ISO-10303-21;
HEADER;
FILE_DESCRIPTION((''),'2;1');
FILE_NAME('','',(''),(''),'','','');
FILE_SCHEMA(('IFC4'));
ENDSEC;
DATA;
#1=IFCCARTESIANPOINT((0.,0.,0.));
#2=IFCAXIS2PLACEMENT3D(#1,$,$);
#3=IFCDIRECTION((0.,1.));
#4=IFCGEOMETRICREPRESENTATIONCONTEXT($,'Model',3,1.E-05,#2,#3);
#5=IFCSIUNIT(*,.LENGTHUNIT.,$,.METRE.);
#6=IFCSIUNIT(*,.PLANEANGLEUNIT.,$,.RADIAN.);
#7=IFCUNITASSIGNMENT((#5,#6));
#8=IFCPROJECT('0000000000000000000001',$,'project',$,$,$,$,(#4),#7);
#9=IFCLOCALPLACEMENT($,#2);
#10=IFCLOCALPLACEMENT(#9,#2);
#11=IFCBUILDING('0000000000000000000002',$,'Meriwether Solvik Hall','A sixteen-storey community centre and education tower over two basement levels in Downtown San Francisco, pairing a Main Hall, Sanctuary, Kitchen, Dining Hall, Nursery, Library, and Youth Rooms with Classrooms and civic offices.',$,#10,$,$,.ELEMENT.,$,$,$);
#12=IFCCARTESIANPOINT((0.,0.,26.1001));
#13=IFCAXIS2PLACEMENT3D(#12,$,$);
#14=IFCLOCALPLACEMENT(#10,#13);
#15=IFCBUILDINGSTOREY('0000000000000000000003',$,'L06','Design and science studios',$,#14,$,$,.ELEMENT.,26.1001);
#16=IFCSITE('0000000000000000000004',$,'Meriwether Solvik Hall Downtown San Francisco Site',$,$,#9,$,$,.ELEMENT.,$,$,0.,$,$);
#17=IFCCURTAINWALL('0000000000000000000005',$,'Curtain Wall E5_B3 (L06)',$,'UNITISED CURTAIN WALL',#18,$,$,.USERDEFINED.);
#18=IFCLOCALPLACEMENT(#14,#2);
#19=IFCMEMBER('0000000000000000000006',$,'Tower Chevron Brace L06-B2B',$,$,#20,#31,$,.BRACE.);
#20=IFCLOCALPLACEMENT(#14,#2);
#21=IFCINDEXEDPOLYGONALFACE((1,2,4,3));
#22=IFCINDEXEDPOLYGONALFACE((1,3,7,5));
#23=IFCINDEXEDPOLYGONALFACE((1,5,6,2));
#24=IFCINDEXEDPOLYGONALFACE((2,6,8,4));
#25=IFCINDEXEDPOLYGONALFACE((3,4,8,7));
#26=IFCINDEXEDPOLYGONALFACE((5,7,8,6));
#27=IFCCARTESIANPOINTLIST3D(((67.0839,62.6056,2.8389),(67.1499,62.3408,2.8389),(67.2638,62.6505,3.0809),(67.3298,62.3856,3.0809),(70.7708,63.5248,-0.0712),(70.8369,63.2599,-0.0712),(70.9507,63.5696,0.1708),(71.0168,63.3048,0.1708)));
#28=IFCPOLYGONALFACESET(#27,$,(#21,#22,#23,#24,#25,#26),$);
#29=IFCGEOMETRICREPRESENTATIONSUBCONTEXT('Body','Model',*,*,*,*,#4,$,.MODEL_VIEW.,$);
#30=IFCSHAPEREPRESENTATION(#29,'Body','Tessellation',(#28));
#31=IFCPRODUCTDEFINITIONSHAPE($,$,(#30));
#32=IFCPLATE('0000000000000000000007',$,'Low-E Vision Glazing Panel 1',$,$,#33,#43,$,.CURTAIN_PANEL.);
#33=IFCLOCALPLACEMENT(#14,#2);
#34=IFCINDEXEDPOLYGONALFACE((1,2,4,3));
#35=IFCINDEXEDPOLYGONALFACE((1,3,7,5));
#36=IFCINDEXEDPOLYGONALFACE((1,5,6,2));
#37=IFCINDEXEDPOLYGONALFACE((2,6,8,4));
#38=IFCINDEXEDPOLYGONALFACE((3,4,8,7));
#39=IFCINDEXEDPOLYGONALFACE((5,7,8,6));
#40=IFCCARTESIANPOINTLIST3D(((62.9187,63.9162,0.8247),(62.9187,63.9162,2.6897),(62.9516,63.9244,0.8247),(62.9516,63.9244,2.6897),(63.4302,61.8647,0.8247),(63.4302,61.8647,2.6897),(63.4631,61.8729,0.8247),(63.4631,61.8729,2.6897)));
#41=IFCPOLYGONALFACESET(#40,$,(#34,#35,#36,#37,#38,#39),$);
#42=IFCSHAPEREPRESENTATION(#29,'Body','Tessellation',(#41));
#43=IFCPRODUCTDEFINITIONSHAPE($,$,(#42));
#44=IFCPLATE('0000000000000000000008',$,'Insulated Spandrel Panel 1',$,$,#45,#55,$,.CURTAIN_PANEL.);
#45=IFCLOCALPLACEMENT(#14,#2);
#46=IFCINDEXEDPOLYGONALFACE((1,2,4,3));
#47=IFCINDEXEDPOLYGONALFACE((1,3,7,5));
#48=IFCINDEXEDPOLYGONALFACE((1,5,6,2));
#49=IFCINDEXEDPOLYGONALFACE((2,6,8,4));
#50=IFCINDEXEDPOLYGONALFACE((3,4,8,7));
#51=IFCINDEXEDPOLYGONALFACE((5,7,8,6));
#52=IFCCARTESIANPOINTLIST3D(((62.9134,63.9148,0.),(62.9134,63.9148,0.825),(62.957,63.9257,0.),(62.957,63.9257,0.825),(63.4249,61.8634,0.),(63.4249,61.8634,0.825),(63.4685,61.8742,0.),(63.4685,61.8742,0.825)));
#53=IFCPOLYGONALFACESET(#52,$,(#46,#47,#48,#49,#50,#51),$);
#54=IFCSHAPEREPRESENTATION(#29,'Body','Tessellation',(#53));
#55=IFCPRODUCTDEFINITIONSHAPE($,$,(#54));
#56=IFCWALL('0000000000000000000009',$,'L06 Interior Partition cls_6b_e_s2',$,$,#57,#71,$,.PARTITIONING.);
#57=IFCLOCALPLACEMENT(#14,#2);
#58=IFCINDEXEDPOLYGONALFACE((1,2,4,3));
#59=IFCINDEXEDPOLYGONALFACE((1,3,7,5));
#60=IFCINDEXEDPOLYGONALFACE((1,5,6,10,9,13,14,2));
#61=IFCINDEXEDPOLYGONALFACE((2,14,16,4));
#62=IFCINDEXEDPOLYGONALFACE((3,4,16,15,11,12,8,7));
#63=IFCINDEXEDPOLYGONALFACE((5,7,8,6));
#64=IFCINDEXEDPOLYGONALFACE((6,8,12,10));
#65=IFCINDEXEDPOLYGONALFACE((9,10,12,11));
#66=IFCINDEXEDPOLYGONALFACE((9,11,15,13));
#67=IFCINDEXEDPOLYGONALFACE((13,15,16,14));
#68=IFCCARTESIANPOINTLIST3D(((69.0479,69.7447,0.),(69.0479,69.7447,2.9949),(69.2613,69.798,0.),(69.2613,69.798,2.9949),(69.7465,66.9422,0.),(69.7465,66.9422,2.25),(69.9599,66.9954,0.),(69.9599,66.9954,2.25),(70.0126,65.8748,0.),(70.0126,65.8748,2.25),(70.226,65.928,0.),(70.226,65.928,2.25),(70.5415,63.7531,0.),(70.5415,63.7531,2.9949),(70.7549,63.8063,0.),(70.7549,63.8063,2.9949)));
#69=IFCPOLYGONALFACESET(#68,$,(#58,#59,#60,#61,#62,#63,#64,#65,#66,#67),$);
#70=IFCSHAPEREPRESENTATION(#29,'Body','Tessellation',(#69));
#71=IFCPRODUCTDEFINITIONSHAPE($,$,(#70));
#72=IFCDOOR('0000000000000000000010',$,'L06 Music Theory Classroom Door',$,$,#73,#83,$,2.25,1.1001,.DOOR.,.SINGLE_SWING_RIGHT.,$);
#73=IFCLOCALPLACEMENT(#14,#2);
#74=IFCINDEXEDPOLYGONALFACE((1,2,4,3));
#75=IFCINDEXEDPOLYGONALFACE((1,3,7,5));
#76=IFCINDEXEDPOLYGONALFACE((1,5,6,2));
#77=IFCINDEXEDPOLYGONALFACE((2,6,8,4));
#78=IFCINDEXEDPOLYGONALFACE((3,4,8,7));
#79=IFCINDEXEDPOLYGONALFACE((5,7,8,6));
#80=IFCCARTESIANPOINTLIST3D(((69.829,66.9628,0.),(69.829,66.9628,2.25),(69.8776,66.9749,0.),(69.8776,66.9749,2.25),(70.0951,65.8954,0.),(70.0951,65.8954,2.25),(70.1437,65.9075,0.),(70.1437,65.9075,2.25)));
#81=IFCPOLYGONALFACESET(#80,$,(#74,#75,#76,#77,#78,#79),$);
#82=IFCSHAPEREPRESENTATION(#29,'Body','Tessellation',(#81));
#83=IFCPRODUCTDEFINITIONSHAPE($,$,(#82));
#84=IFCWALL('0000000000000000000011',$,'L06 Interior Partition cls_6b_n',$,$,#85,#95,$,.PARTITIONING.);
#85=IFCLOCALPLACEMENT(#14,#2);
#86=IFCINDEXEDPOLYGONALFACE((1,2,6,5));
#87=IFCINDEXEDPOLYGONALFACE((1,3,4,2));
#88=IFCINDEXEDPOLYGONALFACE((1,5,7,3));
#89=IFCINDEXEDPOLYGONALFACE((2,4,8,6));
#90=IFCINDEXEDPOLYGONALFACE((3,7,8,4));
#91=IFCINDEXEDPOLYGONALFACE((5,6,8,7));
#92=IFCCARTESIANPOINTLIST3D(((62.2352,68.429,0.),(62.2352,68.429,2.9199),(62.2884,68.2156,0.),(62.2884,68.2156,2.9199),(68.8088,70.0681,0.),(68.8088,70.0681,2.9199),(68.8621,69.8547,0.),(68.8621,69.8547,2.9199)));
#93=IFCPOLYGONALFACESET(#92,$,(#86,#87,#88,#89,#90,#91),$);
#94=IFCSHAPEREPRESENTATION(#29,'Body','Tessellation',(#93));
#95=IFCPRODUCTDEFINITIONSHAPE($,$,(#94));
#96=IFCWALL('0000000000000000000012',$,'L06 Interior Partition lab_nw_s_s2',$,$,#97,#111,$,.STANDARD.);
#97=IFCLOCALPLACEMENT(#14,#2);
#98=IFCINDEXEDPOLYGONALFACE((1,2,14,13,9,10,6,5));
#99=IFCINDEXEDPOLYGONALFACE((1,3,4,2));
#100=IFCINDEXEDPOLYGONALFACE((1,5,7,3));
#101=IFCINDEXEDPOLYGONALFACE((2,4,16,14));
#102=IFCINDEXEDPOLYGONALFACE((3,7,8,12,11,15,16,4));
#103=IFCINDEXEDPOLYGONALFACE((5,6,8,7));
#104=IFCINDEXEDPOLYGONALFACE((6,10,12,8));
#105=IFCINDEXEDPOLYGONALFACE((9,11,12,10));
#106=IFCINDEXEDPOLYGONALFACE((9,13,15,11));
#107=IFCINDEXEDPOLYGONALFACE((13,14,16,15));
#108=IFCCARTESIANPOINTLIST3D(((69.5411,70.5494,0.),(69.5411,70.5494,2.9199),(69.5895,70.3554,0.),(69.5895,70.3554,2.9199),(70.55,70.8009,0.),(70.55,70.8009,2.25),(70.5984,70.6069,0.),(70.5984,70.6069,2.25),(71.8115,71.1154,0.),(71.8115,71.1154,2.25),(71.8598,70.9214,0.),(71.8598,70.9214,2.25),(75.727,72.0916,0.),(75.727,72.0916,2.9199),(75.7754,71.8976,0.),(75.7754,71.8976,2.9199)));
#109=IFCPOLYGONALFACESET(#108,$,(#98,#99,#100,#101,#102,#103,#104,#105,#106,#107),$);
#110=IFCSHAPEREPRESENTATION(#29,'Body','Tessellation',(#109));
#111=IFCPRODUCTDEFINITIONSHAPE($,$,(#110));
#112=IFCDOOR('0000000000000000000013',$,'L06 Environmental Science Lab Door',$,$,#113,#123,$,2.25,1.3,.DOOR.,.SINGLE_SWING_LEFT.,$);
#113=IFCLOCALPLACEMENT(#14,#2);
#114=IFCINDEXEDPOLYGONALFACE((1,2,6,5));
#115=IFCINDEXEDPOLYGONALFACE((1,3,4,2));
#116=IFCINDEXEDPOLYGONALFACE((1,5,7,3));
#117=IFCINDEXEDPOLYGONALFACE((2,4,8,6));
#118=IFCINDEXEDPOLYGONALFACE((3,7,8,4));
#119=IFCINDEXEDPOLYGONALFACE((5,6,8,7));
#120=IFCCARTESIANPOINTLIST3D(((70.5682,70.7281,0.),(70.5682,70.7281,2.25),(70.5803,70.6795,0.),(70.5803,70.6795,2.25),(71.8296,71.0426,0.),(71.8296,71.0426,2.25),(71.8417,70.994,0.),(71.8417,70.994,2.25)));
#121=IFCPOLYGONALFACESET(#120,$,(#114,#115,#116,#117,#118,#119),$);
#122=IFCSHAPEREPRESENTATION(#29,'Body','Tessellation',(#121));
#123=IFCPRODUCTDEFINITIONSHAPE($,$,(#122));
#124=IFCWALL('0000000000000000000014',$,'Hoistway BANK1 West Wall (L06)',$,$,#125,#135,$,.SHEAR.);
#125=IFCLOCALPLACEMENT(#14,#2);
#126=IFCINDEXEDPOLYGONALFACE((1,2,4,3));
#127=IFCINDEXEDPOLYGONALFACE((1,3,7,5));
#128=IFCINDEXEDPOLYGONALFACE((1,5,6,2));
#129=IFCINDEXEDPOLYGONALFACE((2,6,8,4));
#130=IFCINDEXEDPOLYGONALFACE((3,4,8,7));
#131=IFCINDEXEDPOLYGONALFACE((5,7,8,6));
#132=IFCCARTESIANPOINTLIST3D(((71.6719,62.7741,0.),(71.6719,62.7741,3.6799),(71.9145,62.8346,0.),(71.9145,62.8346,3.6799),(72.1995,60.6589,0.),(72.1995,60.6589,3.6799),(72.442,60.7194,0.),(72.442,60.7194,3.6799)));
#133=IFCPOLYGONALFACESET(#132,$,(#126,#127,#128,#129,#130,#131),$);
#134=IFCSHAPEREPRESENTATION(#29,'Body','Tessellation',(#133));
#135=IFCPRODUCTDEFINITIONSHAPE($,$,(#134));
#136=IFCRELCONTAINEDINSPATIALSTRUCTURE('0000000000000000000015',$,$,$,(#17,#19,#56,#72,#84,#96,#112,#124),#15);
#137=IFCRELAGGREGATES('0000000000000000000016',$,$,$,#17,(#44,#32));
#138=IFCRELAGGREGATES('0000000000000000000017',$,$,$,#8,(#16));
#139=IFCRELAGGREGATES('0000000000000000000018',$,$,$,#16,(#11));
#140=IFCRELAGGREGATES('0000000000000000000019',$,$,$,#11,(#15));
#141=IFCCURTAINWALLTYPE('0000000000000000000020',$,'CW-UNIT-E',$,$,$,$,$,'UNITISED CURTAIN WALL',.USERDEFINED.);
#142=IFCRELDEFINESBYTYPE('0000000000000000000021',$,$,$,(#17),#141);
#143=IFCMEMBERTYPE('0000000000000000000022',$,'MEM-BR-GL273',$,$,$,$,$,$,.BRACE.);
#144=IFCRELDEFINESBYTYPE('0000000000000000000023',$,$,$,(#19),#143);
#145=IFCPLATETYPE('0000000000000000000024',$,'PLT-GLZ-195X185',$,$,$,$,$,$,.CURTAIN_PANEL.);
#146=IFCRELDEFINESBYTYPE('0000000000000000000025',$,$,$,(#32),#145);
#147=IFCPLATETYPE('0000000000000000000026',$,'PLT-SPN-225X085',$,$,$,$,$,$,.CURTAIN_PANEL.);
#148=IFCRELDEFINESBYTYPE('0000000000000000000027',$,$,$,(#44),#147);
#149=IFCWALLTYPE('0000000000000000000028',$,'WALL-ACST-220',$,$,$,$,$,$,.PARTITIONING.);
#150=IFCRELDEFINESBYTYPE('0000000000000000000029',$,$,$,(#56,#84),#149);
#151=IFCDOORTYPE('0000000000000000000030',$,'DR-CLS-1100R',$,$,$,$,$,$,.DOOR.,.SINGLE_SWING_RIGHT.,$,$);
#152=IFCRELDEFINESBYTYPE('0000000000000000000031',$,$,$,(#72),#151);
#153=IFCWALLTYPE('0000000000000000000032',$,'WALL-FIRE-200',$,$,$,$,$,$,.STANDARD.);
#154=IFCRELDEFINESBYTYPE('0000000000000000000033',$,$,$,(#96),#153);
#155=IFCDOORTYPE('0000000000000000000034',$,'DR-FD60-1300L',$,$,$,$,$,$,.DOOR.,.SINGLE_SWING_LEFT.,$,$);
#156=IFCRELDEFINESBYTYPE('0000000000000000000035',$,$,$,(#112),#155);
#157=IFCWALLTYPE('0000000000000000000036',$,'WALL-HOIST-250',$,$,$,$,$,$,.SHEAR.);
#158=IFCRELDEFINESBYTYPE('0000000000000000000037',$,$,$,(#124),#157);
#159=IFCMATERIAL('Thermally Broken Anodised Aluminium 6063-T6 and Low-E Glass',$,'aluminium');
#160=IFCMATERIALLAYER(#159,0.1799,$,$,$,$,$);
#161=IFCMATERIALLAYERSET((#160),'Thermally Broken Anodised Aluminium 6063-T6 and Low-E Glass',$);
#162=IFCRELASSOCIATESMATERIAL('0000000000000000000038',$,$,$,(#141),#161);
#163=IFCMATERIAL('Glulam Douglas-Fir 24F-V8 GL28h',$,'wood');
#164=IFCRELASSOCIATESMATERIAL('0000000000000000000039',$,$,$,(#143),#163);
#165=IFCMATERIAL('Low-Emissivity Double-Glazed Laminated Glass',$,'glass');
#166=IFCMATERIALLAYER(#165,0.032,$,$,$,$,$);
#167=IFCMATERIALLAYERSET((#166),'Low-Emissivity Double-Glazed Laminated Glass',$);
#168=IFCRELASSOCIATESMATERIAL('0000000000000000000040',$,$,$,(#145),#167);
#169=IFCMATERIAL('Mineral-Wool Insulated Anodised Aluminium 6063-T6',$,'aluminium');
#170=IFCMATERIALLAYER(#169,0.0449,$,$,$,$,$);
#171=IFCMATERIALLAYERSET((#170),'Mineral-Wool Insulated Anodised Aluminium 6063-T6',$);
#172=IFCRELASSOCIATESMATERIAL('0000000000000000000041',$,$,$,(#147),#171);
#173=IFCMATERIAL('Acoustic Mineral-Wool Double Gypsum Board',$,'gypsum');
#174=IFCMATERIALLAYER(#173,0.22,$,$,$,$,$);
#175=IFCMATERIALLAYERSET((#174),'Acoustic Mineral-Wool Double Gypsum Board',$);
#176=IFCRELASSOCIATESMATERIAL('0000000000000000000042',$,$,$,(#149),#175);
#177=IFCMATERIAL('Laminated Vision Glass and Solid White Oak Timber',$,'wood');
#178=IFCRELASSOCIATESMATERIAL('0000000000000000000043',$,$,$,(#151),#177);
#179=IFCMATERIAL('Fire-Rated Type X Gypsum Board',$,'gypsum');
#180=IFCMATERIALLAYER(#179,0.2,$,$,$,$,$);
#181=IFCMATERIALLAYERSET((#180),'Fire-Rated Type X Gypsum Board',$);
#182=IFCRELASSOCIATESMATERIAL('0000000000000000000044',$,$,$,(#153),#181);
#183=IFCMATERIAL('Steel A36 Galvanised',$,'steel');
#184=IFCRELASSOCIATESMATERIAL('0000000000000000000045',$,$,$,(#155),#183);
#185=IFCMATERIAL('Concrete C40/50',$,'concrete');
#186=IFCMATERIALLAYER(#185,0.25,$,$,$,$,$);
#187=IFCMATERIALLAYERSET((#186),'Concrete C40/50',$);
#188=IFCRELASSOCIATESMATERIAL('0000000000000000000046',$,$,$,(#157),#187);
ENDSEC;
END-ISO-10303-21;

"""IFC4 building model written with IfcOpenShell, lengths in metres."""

from ifc_helpers import new_model, si_unit, direction, frame, frame_2d, origin, origin_2d, place, context, subcontext, project, spatial, rectangle, extrude, material, layer, layer_set, material_profile, profile_set, type_object, element, fill, aggregate, save


model = new_model("IFC4")

# Units and contexts
model_context = context("Model", 3, precision=1e-05, world=origin(), true_north=direction((0.0, 1.0)))
body_context = subcontext(model_context, "Body", "Model", "MODEL_VIEW")
ifc_project = project(units=[si_unit("LENGTHUNIT", "METRE"), si_unit("PLANEANGLEUNIT", "RADIAN")], contexts=[model_context])

# Site, building, storey
site_placement = place(None, origin())
site = spatial("IfcSite", under=ifc_project, at=site_placement, Name="Meriwether Solvik Hall Downtown San Francisco Site", CompositionType="ELEMENT", RefElevation=0.0)
building_placement = place(site_placement, origin())
building = spatial("IfcBuilding", under=site, at=building_placement, Name="Meriwether Solvik Hall", Description="A sixteen-storey community centre and education tower over two basement levels in Downtown San Francisco, pairing a Main Hall, Sanctuary, Kitchen, Dining Hall, Nursery, Library, and Youth Rooms with Classrooms and civic offices.", CompositionType="ELEMENT")
storey_placement = place(building_placement, frame((0.0, 0.0, 26.1001)))
storey = spatial("IfcBuildingStorey", under=building, at=storey_placement, Name="L06", Description="Design and science studios", CompositionType="ELEMENT", Elevation=26.1001)

# Curtain wall
ifc_material_1 = material(Name="Thermally Broken Anodised Aluminium 6063-T6 and Low-E Glass", Category="aluminium")
ifc_layer_1 = layer(ifc_material_1, 0.1799)
ifc_layer_set_1 = layer_set([ifc_layer_1], Name="Thermally Broken Anodised Aluminium 6063-T6 and Low-E Glass")
curtain_wall_type = type_object("IfcCurtainWallType", Name="CW-UNIT-E", ElementType="UNITISED CURTAIN WALL", PredefinedType="USERDEFINED", material=ifc_layer_set_1)
curtain_wall_placement = place(storey_placement, origin())
curtain_wall = element("IfcCurtainWall", 1, at=curtain_wall_placement, inside=storey, type_object=curtain_wall_type, Name="Curtain Wall E5_B3 (L06)", ObjectType="UNITISED CURTAIN WALL", PredefinedType="USERDEFINED")

# Member
ifc_material_2 = material(Name="Glulam Douglas-Fir 24F-V8 GL28h", Category="wood")
ifc_material_profile_1 = material_profile(ifc_material_2, rectangle(XDim=0.2729, YDim=0.3049, at=origin_2d()), Name="GLM-273X305")
ifc_profile_set_1 = profile_set([ifc_material_profile_1], Name="Glulam Douglas-Fir 24F-V8 GL28h")
member_type_1 = type_object("IfcMemberType", Name="MEM-BR-GL273", PredefinedType="BRACE", material=ifc_profile_set_1)
member_1_placement = place(storey_placement, frame((70.8938, 63.4148, 0.0498), z_axis=(-0.770338, -0.192049, 0.608027), x_axis=(0.241901, -0.970301, 0.0)))
element("IfcMember", 2, at=member_1_placement, inside=storey, type_object=member_type_1, Name="Tower Chevron Brace L06-B2B", PredefinedType="BRACE", context=body_context, shape_type="SweptSolid", body=[
    extrude(rectangle(XDim=0.2729, YDim=0.3049, at=origin_2d()), origin(), (0.0, 0.0, 1.0), 4.7861),
])

# Plates
ifc_material_3 = material(Name="Low-Emissivity Double-Glazed Laminated Glass", Category="glass")
ifc_layer_2 = layer(ifc_material_3, 0.032)
ifc_layer_set_2 = layer_set([ifc_layer_2], Name="Low-Emissivity Double-Glazed Laminated Glass")
plate_type_1 = type_object("IfcPlateType", Name="PLT-GLZ-195X185", PredefinedType="CURTAIN_PANEL", material=ifc_layer_set_2)
plate_1_placement = place(storey_placement, frame((63.1909, 62.8945, 0.8247), z_axis=(0.0, 0.0, 1.0), x_axis=(-0.241922, 0.970296, 0.0)))
plate_1 = element("IfcPlate", 3, at=plate_1_placement, type_object=plate_type_1, Name="Low-E Vision Glazing Panel 1", PredefinedType="CURTAIN_PANEL", context=body_context, shape_type="SweptSolid", body=[
    extrude(rectangle(XDim=2.1143, YDim=0.0339, at=origin_2d()), origin(), (0.0, 0.0, 1.0), 1.865),
])
ifc_material_4 = material(Name="Mineral-Wool Insulated Anodised Aluminium 6063-T6", Category="aluminium")
ifc_layer_3 = layer(ifc_material_4, 0.0449)
ifc_layer_set_3 = layer_set([ifc_layer_3], Name="Mineral-Wool Insulated Anodised Aluminium 6063-T6")
plate_type_2 = type_object("IfcPlateType", Name="PLT-SPN-225X085", PredefinedType="CURTAIN_PANEL", material=ifc_layer_set_3)
plate_2_placement = place(storey_placement, frame((63.1909, 62.8945, 0.0), z_axis=(0.0, 0.0, 1.0), x_axis=(-0.241922, 0.970296, 0.0)))
plate_2 = element("IfcPlate", 4, at=plate_2_placement, type_object=plate_type_2, Name="Insulated Spandrel Panel 1", PredefinedType="CURTAIN_PANEL", context=body_context, shape_type="SweptSolid", body=[
    extrude(rectangle(XDim=2.1143, YDim=0.0449, at=origin_2d()), origin(), (0.0, 0.0, 1.0), 0.825),
])
aggregate(curtain_wall, [plate_2, plate_1])

# Wall, opening, door
ifc_material_5 = material(Name="Acoustic Mineral-Wool Double Gypsum Board", Category="gypsum")
ifc_layer_4 = layer(ifc_material_5, 0.22)
ifc_layer_set_4 = layer_set([ifc_layer_4], Name="Acoustic Mineral-Wool Double Gypsum Board")
wall_type_1 = type_object("IfcWallType", Name="WALL-ACST-220", PredefinedType="PARTITIONING", material=ifc_layer_set_4)
wall_1_placement = place(storey_placement, frame((70.6482, 63.7798, 0.0), z_axis=(0.0, 0.0, 1.0), x_axis=(-0.241884, 0.970305, 0.0)))
wall_1 = element("IfcWall", 5, at=wall_1_placement, inside=storey, type_object=wall_type_1, Name="L06 Interior Partition cls_6b_e_s2", PredefinedType="PARTITIONING", context=body_context, shape_type="SweptSolid", body=[
    extrude(rectangle(XDim=6.175, YDim=0.22, at=frame_2d((3.0874, 0.0))), origin(), (0.0, 0.0, 1.0), 2.9949),
])
opening_1_placement = place(wall_1_placement, frame((2.1865, 0.0, 0.0)))
opening_1 = element("IfcOpeningElement", 6, at=opening_1_placement, cuts=wall_1, PredefinedType="OPENING", context=body_context, shape_type="SweptSolid", body=[
    extrude(rectangle(XDim=1.1001, YDim=2.25, at=frame_2d((0.55, 1.125))), frame((0.0, 0.1221, 0.0), z_axis=(0.0, -1.0, 0.0), x_axis=(1.0, 0.0, 0.0)), (0.0, 0.0, 1.0), 0.2439),
])
ifc_material_6 = material(Name="Laminated Vision Glass and Solid White Oak Timber", Category="wood")
door_type_1 = type_object("IfcDoorType", Name="DR-CLS-1100R", OperationType="SINGLE_SWING_RIGHT", PredefinedType="DOOR", material=ifc_material_6)
door_1_placement = place(opening_1_placement, origin())
door_1 = element("IfcDoor", 7, at=door_1_placement, inside=storey, type_object=door_type_1, Name="L06 Music Theory Classroom Door", OperationType="SINGLE_SWING_RIGHT", OverallHeight=2.25, OverallWidth=1.1001, PredefinedType="DOOR", context=body_context, shape_type="SweptSolid", body=[
    extrude(rectangle(XDim=1.1001, YDim=2.25, at=frame_2d((0.55, 1.125))), frame((0.0, 0.0249, 0.0), z_axis=(0.0, -1.0, 0.0), x_axis=(1.0, 0.0, 0.0)), (0.0, 0.0, 1.0), 0.05),
])
fill(opening_1, door_1)

# Wall
wall_2_placement = place(storey_placement, frame((68.8354, 69.9614, 0.0), z_axis=(0.0, 0.0, 1.0), x_axis=(-0.970291, -0.241942, 0.0)))
element("IfcWall", 8, at=wall_2_placement, inside=storey, type_object=wall_type_1, Name="L06 Interior Partition cls_6b_n", PredefinedType="PARTITIONING", context=body_context, shape_type="SweptSolid", body=[
    extrude(rectangle(XDim=6.7749, YDim=0.22, at=frame_2d((3.3875, 0.0))), origin(), (0.0, 0.0, 1.0), 2.9199),
])

# Wall, opening, door
ifc_material_7 = material(Name="Fire-Rated Type X Gypsum Board", Category="gypsum")
ifc_layer_5 = layer(ifc_material_7, 0.2)
ifc_layer_set_5 = layer_set([ifc_layer_5], Name="Fire-Rated Type X Gypsum Board")
wall_type_2 = type_object("IfcWallType", Name="WALL-FIRE-200", PredefinedType="STANDARD", material=ifc_layer_set_5)
wall_3_placement = place(storey_placement, frame((69.5654, 70.4524, 0.0), z_axis=(0.0, 0.0, 1.0), x_axis=(0.970298, 0.241914, 0.0)))
wall_3 = element("IfcWall", 9, at=wall_3_placement, inside=storey, type_object=wall_type_2, Name="L06 Interior Partition lab_nw_s_s2", PredefinedType="STANDARD", context=body_context, shape_type="SweptSolid", body=[
    extrude(rectangle(XDim=6.3752, YDim=0.2, at=frame_2d((3.1875, 0.0))), origin(), (0.0, 0.0, 1.0), 2.9199),
])
opening_2_placement = place(wall_3_placement, frame((1.0398, 0.0, 0.0)))
opening_2 = element("IfcOpeningElement", 10, at=opening_2_placement, cuts=wall_3, PredefinedType="OPENING", context=body_context, shape_type="SweptSolid", body=[
    extrude(rectangle(XDim=1.3, YDim=2.25, at=frame_2d((0.6499, 1.125))), frame((0.0, 0.1118, 0.0), z_axis=(0.0, -1.0, 0.0), x_axis=(1.0, 0.0, 0.0)), (0.0, 0.0, 1.0), 0.2239),
])
ifc_material_8 = material(Name="Steel A36 Galvanised", Category="steel")
door_type_2 = type_object("IfcDoorType", Name="DR-FD60-1300L", OperationType="SINGLE_SWING_LEFT", PredefinedType="DOOR", material=ifc_material_8)
door_2_placement = place(opening_2_placement, origin())
door_2 = element("IfcDoor", 11, at=door_2_placement, inside=storey, type_object=door_type_2, Name="L06 Environmental Science Lab Door", OperationType="SINGLE_SWING_LEFT", OverallHeight=2.25, OverallWidth=1.3, PredefinedType="DOOR", context=body_context, shape_type="SweptSolid", body=[
    extrude(rectangle(XDim=1.3, YDim=2.25, at=frame_2d((0.6499, 1.125))), frame((0.0, 0.0249, 0.0), z_axis=(0.0, -1.0, 0.0), x_axis=(1.0, 0.0, 0.0)), (0.0, 0.0, 1.0), 0.05),
])
fill(opening_2, door_2)

# Wall
ifc_material_9 = material(Name="Concrete C40/50", Category="concrete")
ifc_layer_6 = layer(ifc_material_9, 0.25)
ifc_layer_set_6 = layer_set([ifc_layer_6], Name="Concrete C40/50")
wall_type_3 = type_object("IfcWallType", Name="WALL-HOIST-250", PredefinedType="SHEAR", material=ifc_layer_set_6)
wall_4_placement = place(storey_placement, frame((71.7932, 62.8042, 0.0), z_axis=(0.0, 0.0, 1.0), x_axis=(0.242009, -0.970274, 0.0)))
element("IfcWall", 12, at=wall_4_placement, inside=storey, type_object=wall_type_3, Name="Hoistway BANK1 West Wall (L06)", PredefinedType="SHEAR", context=body_context, shape_type="SweptSolid", body=[
    extrude(rectangle(XDim=2.1799, YDim=0.25, at=frame_2d((1.0898, 0.0))), origin(), (0.0, 0.0, 1.0), 3.6799),
])

save(model, "model.ifc")
